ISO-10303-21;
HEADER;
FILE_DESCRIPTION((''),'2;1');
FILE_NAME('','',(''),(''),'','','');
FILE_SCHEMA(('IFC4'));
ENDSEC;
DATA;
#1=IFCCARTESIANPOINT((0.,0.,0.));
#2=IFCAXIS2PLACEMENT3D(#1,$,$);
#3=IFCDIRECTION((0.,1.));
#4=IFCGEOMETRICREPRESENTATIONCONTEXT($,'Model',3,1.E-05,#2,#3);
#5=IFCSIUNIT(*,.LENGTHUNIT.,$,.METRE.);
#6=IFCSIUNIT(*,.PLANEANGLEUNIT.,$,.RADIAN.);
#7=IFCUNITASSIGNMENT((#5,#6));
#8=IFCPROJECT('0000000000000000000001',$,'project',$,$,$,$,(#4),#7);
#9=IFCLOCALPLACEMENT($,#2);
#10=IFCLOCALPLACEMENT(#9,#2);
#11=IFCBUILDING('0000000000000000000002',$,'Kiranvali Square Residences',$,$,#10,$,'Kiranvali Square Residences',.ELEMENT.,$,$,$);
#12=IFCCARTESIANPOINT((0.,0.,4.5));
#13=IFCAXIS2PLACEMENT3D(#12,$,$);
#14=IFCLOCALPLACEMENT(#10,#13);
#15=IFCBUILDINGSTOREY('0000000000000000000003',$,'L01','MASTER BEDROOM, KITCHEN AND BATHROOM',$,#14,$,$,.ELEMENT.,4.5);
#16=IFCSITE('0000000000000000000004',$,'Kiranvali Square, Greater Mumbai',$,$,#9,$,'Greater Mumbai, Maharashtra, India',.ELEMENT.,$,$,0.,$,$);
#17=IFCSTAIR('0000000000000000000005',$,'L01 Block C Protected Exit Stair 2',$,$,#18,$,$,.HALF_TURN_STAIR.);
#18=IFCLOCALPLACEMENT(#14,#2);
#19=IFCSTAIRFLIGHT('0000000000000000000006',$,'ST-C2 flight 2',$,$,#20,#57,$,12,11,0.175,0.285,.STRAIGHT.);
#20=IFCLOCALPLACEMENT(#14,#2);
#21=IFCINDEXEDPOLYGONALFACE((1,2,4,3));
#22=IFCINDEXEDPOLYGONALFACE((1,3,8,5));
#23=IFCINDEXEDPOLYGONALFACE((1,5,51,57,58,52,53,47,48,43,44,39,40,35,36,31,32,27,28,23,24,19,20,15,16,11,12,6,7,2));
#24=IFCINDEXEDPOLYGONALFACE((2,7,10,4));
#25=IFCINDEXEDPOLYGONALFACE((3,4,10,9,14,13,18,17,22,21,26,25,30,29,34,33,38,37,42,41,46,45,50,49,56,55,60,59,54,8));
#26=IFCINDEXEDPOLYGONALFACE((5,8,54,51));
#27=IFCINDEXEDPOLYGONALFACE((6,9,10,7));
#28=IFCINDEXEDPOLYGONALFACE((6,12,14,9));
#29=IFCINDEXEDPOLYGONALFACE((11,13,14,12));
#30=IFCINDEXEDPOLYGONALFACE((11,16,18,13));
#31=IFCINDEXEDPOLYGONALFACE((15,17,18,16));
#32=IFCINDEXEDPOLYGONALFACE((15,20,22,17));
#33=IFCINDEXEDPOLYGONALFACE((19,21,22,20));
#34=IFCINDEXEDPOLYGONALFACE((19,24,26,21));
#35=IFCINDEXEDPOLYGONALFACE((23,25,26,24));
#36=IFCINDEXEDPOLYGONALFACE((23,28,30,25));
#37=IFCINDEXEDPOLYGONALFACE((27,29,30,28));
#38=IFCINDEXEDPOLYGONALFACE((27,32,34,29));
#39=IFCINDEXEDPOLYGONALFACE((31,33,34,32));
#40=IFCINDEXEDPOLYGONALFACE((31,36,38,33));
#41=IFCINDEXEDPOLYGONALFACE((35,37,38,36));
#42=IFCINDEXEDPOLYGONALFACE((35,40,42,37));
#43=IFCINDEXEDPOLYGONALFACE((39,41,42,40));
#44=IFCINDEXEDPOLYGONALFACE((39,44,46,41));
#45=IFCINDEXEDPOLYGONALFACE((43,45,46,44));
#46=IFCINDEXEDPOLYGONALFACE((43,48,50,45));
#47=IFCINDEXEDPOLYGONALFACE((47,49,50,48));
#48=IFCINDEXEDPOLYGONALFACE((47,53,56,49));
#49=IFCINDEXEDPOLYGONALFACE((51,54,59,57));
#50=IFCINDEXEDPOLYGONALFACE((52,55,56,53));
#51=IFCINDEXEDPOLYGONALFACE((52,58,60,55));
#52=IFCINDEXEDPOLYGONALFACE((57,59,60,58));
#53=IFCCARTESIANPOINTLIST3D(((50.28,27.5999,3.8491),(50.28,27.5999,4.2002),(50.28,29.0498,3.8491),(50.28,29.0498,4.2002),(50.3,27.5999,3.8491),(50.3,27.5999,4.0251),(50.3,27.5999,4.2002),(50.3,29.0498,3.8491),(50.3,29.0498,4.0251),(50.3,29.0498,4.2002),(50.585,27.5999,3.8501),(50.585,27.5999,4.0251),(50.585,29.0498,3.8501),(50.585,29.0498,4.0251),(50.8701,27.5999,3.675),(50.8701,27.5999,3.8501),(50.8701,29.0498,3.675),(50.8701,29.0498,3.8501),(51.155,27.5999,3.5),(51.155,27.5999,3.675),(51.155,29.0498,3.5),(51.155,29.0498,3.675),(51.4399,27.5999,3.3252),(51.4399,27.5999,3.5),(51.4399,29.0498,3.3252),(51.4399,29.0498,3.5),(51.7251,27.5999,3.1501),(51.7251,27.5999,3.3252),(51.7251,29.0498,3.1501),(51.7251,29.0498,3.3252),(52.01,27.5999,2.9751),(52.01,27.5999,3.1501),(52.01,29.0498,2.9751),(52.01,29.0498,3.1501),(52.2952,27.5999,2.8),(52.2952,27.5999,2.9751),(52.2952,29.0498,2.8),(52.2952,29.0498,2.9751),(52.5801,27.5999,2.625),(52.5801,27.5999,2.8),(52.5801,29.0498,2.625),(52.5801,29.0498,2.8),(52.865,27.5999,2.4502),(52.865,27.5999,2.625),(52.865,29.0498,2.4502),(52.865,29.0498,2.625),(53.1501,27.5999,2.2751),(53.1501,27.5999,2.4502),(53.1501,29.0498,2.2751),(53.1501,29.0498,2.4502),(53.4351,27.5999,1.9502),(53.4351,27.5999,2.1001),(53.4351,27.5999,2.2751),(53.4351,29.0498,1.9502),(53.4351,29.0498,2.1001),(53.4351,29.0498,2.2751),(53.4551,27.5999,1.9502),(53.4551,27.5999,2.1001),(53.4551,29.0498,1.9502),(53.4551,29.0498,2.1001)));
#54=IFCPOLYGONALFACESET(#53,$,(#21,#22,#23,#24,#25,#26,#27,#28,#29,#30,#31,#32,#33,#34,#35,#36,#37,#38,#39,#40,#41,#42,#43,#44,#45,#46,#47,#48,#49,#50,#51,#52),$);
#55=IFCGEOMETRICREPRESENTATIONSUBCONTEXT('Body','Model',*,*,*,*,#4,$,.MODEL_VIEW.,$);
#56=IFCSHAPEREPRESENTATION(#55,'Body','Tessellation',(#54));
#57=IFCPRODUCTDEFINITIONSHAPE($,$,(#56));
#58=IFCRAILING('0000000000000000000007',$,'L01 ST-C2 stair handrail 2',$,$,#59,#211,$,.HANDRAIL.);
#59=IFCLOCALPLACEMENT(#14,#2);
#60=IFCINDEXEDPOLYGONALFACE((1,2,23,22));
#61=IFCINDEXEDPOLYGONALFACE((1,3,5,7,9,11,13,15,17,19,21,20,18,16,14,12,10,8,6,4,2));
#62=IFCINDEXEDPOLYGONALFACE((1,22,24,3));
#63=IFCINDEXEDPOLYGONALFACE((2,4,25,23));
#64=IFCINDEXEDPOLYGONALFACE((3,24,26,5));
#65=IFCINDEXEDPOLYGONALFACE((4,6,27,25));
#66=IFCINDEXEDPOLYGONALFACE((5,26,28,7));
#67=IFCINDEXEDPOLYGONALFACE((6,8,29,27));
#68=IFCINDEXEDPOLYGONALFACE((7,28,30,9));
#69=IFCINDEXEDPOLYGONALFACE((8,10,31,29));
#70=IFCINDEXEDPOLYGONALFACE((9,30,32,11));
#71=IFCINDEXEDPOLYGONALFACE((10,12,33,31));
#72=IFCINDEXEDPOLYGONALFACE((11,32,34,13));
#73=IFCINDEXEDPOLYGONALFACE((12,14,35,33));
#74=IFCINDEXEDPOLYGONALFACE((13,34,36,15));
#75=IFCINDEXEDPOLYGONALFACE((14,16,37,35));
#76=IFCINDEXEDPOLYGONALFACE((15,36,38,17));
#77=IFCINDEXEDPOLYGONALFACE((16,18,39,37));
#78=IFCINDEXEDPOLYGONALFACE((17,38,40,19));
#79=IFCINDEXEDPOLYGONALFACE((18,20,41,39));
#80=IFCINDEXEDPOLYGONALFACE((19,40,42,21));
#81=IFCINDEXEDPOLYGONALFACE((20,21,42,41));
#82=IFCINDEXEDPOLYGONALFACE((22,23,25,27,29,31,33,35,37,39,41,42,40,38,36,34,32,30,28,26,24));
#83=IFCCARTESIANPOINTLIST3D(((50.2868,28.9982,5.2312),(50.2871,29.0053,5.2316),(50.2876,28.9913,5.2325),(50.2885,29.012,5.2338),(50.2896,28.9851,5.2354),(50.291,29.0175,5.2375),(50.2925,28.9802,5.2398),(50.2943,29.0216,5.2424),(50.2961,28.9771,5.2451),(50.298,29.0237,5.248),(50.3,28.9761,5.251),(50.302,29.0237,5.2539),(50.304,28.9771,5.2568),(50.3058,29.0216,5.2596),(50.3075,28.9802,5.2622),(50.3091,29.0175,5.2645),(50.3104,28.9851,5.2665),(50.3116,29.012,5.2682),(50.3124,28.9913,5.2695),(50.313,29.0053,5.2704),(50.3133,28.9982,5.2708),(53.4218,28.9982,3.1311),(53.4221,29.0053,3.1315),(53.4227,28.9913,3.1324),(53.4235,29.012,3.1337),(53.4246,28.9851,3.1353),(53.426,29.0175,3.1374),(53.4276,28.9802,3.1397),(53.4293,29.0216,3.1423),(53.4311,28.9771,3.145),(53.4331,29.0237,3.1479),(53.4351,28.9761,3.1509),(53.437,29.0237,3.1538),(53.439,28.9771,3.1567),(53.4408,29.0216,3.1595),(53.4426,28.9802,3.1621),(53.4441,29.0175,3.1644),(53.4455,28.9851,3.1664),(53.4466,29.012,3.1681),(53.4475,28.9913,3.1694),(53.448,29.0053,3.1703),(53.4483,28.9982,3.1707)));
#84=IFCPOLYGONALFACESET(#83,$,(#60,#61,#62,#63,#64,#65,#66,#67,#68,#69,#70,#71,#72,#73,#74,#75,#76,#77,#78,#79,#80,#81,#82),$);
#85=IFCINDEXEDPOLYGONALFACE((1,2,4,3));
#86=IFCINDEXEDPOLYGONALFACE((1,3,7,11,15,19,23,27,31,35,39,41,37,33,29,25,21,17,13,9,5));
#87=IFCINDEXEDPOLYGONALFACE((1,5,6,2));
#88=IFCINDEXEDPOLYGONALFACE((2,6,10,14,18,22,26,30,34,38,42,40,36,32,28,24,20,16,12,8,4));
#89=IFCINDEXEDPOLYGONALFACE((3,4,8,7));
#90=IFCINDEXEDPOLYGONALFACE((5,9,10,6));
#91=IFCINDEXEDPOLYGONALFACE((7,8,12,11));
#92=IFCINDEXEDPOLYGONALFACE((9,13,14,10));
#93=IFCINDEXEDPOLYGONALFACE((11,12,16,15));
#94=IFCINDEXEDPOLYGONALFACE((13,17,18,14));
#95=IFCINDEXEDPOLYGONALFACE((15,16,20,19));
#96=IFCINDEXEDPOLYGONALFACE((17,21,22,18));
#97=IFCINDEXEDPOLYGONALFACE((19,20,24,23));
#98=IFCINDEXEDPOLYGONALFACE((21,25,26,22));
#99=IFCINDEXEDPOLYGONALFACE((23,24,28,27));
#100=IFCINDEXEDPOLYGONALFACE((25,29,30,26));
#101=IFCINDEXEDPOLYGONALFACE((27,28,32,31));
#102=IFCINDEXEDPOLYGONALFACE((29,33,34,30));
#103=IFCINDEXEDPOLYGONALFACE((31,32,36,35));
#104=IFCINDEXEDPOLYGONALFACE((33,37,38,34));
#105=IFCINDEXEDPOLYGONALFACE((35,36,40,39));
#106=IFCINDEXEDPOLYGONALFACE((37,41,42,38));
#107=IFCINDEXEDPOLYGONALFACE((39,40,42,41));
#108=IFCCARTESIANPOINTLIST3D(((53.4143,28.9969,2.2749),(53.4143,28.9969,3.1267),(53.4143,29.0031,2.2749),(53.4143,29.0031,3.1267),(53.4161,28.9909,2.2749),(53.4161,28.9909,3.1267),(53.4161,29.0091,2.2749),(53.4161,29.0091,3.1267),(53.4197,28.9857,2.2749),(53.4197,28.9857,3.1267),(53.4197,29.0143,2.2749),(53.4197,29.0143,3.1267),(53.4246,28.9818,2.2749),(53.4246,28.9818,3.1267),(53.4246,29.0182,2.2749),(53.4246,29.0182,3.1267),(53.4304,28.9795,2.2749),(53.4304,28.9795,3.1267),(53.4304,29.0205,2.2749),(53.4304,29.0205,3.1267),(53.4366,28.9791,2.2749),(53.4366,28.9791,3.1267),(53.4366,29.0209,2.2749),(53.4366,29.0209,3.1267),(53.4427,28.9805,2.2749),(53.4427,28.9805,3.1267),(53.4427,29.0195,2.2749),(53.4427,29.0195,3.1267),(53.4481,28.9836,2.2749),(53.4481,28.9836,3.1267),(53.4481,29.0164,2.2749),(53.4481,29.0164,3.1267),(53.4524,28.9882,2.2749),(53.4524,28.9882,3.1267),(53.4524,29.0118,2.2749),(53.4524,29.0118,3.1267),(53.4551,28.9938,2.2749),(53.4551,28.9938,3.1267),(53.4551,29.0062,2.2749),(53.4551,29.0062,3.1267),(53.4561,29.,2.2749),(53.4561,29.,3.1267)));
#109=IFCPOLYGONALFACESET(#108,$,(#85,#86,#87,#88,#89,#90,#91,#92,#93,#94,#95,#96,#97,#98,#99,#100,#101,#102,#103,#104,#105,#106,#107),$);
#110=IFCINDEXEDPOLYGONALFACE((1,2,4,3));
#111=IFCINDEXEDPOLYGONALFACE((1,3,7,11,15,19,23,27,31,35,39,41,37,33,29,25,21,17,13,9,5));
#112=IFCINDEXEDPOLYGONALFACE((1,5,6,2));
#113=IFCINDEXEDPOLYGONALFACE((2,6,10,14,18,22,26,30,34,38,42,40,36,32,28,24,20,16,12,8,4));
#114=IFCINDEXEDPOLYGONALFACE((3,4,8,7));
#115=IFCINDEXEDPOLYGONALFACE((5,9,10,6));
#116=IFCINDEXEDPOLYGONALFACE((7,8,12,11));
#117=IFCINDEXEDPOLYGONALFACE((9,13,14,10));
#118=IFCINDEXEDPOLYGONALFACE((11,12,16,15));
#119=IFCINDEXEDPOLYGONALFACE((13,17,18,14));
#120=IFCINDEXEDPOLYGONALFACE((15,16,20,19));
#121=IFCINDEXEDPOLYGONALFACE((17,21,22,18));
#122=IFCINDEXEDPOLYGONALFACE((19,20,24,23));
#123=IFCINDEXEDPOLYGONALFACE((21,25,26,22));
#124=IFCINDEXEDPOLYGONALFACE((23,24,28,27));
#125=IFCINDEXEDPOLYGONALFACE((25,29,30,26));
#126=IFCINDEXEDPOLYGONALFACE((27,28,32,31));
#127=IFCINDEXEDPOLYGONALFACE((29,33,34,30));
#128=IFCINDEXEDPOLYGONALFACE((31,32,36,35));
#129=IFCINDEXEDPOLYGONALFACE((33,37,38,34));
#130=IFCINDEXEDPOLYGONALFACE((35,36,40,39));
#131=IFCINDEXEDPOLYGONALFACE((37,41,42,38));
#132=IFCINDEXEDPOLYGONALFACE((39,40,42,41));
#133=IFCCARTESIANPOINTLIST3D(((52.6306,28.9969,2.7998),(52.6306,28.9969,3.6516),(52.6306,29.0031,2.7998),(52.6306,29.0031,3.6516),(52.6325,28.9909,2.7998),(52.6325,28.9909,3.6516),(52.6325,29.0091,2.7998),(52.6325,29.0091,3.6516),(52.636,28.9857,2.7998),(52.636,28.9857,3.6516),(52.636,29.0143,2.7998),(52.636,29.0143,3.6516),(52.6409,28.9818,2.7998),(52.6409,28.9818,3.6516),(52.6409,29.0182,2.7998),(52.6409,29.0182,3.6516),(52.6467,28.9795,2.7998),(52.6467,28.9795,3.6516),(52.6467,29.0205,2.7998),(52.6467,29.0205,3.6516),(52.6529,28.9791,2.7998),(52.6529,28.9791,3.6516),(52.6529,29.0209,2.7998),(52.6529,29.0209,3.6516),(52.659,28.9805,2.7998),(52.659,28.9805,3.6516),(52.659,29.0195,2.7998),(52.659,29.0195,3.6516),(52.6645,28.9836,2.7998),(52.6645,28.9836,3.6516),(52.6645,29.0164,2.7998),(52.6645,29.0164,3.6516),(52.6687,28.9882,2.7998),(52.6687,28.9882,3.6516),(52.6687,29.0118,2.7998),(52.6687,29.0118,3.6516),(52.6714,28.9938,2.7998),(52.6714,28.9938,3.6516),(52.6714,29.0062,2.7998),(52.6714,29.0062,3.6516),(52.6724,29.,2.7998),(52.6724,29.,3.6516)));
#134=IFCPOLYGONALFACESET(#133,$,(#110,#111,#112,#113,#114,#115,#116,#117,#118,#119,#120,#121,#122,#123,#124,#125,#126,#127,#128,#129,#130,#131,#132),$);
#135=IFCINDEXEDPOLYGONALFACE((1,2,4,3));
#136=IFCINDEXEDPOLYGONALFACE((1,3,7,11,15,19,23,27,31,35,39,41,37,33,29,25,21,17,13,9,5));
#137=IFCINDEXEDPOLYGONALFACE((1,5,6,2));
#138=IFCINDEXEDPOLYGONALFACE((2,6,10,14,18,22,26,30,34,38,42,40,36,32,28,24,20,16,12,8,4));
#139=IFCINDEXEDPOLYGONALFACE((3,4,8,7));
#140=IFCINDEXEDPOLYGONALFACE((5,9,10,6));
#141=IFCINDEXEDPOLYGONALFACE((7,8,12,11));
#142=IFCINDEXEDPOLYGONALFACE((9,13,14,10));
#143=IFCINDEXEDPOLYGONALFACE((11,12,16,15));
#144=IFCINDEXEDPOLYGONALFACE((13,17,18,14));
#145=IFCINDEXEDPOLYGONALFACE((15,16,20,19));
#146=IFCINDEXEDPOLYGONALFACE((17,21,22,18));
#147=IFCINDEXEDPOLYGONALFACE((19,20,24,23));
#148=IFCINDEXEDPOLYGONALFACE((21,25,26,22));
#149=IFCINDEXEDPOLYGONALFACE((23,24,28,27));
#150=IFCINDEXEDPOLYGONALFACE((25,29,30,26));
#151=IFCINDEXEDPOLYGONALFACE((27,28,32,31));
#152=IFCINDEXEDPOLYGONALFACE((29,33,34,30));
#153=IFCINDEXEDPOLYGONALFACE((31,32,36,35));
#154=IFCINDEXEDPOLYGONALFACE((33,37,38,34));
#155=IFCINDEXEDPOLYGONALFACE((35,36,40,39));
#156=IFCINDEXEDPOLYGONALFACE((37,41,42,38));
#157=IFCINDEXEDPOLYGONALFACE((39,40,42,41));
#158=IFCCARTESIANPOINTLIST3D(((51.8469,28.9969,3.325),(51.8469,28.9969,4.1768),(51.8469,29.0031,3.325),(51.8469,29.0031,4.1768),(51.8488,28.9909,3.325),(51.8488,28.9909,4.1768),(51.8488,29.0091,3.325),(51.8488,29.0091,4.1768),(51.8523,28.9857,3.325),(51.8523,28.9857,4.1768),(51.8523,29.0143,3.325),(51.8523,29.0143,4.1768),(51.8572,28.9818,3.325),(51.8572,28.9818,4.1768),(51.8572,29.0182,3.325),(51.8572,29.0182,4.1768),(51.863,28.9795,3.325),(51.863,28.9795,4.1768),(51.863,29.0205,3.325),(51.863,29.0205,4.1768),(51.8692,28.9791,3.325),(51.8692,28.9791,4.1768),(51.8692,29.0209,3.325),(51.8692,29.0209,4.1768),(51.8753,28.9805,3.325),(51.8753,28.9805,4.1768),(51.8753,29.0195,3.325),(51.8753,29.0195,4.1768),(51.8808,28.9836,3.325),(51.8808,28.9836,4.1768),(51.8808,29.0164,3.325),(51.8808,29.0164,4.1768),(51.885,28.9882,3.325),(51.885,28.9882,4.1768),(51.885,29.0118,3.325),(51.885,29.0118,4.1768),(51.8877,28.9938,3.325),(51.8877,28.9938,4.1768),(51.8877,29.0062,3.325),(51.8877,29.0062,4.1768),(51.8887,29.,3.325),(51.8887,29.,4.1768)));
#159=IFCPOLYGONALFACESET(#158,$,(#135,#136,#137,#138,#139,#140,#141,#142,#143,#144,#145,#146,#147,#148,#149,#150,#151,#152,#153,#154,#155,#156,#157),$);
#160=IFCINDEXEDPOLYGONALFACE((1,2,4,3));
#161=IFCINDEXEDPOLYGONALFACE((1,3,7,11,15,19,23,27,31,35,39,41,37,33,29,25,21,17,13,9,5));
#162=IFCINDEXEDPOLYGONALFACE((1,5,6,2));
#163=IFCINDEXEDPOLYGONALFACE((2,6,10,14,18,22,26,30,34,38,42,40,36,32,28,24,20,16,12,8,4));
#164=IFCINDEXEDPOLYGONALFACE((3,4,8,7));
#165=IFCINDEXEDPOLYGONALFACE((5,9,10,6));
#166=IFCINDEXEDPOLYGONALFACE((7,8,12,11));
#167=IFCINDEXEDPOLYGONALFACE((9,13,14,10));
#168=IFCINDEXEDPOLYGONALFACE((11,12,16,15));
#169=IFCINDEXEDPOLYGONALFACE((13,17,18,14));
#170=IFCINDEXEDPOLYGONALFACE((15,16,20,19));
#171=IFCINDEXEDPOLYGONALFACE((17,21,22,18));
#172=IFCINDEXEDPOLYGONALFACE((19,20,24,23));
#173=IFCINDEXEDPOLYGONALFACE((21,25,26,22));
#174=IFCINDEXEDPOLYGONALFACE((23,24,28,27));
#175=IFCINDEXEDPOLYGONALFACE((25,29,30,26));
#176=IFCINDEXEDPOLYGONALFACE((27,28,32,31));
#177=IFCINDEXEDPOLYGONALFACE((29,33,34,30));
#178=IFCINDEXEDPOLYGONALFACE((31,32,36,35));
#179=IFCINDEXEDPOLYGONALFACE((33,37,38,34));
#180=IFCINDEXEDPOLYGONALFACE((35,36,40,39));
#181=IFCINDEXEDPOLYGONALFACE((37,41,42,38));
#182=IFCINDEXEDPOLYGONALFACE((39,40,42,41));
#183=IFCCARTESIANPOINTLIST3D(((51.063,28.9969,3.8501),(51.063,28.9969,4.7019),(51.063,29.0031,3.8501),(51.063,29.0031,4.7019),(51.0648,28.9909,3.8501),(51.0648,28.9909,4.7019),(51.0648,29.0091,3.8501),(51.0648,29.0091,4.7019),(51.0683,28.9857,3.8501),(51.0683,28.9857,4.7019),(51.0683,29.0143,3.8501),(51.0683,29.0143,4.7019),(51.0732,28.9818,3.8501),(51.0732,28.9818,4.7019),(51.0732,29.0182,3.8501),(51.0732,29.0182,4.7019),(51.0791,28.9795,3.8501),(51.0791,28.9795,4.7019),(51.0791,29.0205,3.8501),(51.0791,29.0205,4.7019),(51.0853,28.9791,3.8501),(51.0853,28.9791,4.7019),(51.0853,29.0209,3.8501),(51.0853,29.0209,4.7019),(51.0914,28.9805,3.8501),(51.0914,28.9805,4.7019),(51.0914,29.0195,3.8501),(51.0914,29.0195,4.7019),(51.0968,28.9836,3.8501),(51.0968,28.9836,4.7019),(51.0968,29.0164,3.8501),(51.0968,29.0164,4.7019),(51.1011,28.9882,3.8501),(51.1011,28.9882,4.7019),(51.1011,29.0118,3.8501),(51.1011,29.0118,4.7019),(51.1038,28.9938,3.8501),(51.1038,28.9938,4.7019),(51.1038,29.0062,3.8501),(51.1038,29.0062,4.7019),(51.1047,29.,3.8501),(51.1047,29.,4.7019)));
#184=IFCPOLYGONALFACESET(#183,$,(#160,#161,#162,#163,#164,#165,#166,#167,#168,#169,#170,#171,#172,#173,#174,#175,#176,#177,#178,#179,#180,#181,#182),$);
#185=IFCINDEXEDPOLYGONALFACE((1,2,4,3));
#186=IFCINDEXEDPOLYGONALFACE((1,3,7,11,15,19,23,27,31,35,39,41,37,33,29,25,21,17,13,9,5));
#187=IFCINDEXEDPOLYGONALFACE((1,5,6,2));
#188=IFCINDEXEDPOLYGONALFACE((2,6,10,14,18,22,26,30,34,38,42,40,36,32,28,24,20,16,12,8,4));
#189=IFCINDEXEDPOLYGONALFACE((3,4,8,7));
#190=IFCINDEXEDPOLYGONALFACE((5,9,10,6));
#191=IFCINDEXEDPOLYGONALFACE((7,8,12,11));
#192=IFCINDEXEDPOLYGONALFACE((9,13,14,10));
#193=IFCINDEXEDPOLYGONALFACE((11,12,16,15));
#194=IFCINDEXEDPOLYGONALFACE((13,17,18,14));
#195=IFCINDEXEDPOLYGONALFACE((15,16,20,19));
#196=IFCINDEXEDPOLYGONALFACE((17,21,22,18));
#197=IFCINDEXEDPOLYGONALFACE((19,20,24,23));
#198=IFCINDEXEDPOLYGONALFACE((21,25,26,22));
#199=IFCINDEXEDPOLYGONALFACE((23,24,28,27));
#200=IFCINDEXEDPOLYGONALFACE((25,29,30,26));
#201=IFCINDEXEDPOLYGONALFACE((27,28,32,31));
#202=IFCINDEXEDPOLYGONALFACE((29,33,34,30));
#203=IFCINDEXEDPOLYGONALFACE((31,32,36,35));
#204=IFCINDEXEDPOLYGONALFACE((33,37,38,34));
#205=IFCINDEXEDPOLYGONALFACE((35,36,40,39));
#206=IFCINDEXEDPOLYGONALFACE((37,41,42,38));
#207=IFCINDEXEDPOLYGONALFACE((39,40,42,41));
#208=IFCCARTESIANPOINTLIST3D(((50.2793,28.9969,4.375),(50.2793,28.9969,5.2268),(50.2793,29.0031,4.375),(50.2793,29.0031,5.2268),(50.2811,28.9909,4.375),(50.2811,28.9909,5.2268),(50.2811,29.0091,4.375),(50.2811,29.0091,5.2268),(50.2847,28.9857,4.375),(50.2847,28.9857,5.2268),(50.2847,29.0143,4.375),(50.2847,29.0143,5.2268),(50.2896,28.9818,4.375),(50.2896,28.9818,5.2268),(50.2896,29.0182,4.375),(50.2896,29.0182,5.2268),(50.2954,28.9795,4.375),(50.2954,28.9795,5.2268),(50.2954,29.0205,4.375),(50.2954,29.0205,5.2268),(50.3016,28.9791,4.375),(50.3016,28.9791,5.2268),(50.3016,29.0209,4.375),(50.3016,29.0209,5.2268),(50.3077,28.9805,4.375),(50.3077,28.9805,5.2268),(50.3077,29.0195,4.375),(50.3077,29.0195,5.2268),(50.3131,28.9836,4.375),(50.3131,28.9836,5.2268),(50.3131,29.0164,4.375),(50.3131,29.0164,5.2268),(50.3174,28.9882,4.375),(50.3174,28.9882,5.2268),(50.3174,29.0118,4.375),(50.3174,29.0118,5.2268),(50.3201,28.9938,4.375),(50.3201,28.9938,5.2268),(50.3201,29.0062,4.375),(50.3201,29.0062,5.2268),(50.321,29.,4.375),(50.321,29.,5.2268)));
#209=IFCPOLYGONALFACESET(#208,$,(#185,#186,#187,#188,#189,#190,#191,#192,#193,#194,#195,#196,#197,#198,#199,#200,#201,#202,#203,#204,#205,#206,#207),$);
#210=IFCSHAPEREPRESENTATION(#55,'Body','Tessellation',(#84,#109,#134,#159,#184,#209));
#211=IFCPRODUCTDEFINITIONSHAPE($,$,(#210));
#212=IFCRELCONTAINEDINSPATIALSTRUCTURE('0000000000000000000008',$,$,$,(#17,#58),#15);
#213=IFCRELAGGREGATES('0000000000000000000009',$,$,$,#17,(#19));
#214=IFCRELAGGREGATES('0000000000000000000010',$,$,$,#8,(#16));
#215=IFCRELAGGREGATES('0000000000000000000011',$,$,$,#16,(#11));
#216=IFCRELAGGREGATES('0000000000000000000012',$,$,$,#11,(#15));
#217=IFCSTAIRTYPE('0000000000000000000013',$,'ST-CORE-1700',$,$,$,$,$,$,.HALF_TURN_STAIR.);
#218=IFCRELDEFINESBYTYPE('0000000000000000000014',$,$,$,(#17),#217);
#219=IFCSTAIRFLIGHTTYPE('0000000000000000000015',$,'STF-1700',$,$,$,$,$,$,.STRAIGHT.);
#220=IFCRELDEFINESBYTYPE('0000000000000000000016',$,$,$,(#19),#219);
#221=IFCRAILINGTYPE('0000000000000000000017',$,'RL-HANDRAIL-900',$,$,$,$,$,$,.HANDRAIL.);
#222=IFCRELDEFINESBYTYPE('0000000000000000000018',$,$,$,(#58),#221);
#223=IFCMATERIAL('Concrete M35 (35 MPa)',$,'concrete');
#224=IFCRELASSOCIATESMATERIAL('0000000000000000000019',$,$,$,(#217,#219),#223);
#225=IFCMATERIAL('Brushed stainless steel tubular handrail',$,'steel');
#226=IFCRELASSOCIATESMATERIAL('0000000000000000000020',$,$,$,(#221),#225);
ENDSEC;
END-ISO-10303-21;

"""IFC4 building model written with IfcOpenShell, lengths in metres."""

from ifc_helpers import new_model, si_unit, direction, frame, origin, origin_2d, place, context, subcontext, project, spatial, polyline, circle, outline, extrude, material, type_object, element, aggregate, save


model = new_model("IFC4")

# Units and contexts
model_context = context("Model", 3, precision=1e-05, world=origin(), true_north=direction((0.0, 1.0)))
body_context = subcontext(model_context, "Body", "Model", "MODEL_VIEW")
ifc_project = project(units=[si_unit("LENGTHUNIT", "METRE"), si_unit("PLANEANGLEUNIT", "RADIAN")], contexts=[model_context])

# Site, building, storey
site_placement = place(None, origin())
site = spatial("IfcSite", under=ifc_project, at=site_placement, Name="Kiranvali Square, Greater Mumbai", LongName="Greater Mumbai, Maharashtra, India", CompositionType="ELEMENT", RefElevation=0.0)
building_placement = place(site_placement, origin())
building = spatial("IfcBuilding", under=site, at=building_placement, Name="Kiranvali Square Residences", LongName="Kiranvali Square Residences", CompositionType="ELEMENT")
storey_placement = place(building_placement, frame((0.0, 0.0, 4.5)))
storey = spatial("IfcBuildingStorey", under=building, at=storey_placement, Name="L01", Description="MASTER BEDROOM, KITCHEN AND BATHROOM", CompositionType="ELEMENT", Elevation=4.5)

# Stair, stair flight
ifc_material_1 = material(Name="Concrete M35 (35 MPa)", Category="concrete")
stair_type = type_object("IfcStairType", Name="ST-CORE-1700", PredefinedType="HALF_TURN_STAIR", material=ifc_material_1)
stair_placement = place(storey_placement, origin())
stair = element("IfcStair", 1, at=stair_placement, inside=storey, type_object=stair_type, Name="L01 Block C Protected Exit Stair 2", PredefinedType="HALF_TURN_STAIR")
stair_flight_type = type_object("IfcStairFlightType", Name="STF-1700", PredefinedType="STRAIGHT", material=ifc_material_1)
stair_flight_placement = place(storey_placement, frame((53.4351, 28.325, 2.1001), z_axis=(0.0, 0.0, 1.0), x_axis=(-1.0, 0.0, 0.0)))
stair_flight = element("IfcStairFlight", 2, at=stair_flight_placement, type_object=stair_flight_type, Name="ST-C2 flight 2", NumberOfRisers=12, NumberOfTreads=11, PredefinedType="STRAIGHT", RiserHeight=0.175, TreadLength=0.285, context=body_context, shape_type="SweptSolid", body=[
    extrude(outline(polyline([(-0.02, -0.1499), (-0.02, 0.0), (0.0, 0.0), (0.0, 0.175), (0.2849, 0.175), (0.2849, 0.3501), (0.5701, 0.3501), (0.5701, 0.5249), (0.855, 0.5249), (0.855, 0.7), (1.1399, 0.7), (1.1399, 0.875), (1.425, 0.875), (1.425, 1.05), (1.71, 1.05), (1.71, 1.2251), (1.9951, 1.2251), (1.9951, 1.3999), (2.28, 1.3999), (2.28, 1.575), (2.5649, 1.575), (2.5649, 1.75), (2.8501, 1.75), (2.8501, 1.925), (3.135, 1.925), (3.135, 2.1001), (3.155, 2.1001), (3.155, 1.749), (3.135, 1.749), (0.0, -0.1499), (-0.02, -0.1499)])), frame((0.0, 0.7251, 0.0), z_axis=(0.0, -1.0, 0.0), x_axis=(1.0, 0.0, 0.0)), (0.0, 0.0, 1.0), 1.45),
])
aggregate(stair, [stair_flight])

# Railing
ifc_material_2 = material(Name="Brushed stainless steel tubular handrail", Category="steel")
railing_type_1 = type_object("IfcRailingType", Name="RL-HANDRAIL-900", PredefinedType="HANDRAIL", material=ifc_material_2)
railing_1_placement = place(storey_placement, frame((53.4351, 29.0, 2.2749)))
element("IfcRailing", 3, at=railing_1_placement, inside=storey, type_object=railing_type_1, Name="L01 ST-C2 stair handrail 2", PredefinedType="HANDRAIL", context=body_context, shape_type="SweptSolid", body=[
    extrude(circle(Radius=0.0239, at=origin_2d()), frame((0.0, 0.0, 0.876), z_axis=(-0.830814, 0.0, 0.55655), x_axis=(0.0, -1.0, 0.0)), (0.0, 0.0, 1.0), 3.7734),
    extrude(circle(Radius=0.021, at=origin_2d()), origin(), (0.0, 0.0, 1.0), 0.8518),
    extrude(circle(Radius=0.021, at=origin_2d()), frame((-0.7837, 0.0, 0.5249)), (0.0, 0.0, 1.0), 0.8518),
    extrude(circle(Radius=0.021, at=origin_2d()), frame((-1.5674, 0.0, 1.05)), (0.0, 0.0, 1.0), 0.8518),
    extrude(circle(Radius=0.021, at=origin_2d()), frame((-2.3513, 0.0, 1.5752)), (0.0, 0.0, 1.0), 0.8518),
    extrude(circle(Radius=0.021, at=origin_2d()), frame((-3.135, 0.0, 2.1001)), (0.0, 0.0, 1.0), 0.8518),
])

save(model, "model.ifc")
